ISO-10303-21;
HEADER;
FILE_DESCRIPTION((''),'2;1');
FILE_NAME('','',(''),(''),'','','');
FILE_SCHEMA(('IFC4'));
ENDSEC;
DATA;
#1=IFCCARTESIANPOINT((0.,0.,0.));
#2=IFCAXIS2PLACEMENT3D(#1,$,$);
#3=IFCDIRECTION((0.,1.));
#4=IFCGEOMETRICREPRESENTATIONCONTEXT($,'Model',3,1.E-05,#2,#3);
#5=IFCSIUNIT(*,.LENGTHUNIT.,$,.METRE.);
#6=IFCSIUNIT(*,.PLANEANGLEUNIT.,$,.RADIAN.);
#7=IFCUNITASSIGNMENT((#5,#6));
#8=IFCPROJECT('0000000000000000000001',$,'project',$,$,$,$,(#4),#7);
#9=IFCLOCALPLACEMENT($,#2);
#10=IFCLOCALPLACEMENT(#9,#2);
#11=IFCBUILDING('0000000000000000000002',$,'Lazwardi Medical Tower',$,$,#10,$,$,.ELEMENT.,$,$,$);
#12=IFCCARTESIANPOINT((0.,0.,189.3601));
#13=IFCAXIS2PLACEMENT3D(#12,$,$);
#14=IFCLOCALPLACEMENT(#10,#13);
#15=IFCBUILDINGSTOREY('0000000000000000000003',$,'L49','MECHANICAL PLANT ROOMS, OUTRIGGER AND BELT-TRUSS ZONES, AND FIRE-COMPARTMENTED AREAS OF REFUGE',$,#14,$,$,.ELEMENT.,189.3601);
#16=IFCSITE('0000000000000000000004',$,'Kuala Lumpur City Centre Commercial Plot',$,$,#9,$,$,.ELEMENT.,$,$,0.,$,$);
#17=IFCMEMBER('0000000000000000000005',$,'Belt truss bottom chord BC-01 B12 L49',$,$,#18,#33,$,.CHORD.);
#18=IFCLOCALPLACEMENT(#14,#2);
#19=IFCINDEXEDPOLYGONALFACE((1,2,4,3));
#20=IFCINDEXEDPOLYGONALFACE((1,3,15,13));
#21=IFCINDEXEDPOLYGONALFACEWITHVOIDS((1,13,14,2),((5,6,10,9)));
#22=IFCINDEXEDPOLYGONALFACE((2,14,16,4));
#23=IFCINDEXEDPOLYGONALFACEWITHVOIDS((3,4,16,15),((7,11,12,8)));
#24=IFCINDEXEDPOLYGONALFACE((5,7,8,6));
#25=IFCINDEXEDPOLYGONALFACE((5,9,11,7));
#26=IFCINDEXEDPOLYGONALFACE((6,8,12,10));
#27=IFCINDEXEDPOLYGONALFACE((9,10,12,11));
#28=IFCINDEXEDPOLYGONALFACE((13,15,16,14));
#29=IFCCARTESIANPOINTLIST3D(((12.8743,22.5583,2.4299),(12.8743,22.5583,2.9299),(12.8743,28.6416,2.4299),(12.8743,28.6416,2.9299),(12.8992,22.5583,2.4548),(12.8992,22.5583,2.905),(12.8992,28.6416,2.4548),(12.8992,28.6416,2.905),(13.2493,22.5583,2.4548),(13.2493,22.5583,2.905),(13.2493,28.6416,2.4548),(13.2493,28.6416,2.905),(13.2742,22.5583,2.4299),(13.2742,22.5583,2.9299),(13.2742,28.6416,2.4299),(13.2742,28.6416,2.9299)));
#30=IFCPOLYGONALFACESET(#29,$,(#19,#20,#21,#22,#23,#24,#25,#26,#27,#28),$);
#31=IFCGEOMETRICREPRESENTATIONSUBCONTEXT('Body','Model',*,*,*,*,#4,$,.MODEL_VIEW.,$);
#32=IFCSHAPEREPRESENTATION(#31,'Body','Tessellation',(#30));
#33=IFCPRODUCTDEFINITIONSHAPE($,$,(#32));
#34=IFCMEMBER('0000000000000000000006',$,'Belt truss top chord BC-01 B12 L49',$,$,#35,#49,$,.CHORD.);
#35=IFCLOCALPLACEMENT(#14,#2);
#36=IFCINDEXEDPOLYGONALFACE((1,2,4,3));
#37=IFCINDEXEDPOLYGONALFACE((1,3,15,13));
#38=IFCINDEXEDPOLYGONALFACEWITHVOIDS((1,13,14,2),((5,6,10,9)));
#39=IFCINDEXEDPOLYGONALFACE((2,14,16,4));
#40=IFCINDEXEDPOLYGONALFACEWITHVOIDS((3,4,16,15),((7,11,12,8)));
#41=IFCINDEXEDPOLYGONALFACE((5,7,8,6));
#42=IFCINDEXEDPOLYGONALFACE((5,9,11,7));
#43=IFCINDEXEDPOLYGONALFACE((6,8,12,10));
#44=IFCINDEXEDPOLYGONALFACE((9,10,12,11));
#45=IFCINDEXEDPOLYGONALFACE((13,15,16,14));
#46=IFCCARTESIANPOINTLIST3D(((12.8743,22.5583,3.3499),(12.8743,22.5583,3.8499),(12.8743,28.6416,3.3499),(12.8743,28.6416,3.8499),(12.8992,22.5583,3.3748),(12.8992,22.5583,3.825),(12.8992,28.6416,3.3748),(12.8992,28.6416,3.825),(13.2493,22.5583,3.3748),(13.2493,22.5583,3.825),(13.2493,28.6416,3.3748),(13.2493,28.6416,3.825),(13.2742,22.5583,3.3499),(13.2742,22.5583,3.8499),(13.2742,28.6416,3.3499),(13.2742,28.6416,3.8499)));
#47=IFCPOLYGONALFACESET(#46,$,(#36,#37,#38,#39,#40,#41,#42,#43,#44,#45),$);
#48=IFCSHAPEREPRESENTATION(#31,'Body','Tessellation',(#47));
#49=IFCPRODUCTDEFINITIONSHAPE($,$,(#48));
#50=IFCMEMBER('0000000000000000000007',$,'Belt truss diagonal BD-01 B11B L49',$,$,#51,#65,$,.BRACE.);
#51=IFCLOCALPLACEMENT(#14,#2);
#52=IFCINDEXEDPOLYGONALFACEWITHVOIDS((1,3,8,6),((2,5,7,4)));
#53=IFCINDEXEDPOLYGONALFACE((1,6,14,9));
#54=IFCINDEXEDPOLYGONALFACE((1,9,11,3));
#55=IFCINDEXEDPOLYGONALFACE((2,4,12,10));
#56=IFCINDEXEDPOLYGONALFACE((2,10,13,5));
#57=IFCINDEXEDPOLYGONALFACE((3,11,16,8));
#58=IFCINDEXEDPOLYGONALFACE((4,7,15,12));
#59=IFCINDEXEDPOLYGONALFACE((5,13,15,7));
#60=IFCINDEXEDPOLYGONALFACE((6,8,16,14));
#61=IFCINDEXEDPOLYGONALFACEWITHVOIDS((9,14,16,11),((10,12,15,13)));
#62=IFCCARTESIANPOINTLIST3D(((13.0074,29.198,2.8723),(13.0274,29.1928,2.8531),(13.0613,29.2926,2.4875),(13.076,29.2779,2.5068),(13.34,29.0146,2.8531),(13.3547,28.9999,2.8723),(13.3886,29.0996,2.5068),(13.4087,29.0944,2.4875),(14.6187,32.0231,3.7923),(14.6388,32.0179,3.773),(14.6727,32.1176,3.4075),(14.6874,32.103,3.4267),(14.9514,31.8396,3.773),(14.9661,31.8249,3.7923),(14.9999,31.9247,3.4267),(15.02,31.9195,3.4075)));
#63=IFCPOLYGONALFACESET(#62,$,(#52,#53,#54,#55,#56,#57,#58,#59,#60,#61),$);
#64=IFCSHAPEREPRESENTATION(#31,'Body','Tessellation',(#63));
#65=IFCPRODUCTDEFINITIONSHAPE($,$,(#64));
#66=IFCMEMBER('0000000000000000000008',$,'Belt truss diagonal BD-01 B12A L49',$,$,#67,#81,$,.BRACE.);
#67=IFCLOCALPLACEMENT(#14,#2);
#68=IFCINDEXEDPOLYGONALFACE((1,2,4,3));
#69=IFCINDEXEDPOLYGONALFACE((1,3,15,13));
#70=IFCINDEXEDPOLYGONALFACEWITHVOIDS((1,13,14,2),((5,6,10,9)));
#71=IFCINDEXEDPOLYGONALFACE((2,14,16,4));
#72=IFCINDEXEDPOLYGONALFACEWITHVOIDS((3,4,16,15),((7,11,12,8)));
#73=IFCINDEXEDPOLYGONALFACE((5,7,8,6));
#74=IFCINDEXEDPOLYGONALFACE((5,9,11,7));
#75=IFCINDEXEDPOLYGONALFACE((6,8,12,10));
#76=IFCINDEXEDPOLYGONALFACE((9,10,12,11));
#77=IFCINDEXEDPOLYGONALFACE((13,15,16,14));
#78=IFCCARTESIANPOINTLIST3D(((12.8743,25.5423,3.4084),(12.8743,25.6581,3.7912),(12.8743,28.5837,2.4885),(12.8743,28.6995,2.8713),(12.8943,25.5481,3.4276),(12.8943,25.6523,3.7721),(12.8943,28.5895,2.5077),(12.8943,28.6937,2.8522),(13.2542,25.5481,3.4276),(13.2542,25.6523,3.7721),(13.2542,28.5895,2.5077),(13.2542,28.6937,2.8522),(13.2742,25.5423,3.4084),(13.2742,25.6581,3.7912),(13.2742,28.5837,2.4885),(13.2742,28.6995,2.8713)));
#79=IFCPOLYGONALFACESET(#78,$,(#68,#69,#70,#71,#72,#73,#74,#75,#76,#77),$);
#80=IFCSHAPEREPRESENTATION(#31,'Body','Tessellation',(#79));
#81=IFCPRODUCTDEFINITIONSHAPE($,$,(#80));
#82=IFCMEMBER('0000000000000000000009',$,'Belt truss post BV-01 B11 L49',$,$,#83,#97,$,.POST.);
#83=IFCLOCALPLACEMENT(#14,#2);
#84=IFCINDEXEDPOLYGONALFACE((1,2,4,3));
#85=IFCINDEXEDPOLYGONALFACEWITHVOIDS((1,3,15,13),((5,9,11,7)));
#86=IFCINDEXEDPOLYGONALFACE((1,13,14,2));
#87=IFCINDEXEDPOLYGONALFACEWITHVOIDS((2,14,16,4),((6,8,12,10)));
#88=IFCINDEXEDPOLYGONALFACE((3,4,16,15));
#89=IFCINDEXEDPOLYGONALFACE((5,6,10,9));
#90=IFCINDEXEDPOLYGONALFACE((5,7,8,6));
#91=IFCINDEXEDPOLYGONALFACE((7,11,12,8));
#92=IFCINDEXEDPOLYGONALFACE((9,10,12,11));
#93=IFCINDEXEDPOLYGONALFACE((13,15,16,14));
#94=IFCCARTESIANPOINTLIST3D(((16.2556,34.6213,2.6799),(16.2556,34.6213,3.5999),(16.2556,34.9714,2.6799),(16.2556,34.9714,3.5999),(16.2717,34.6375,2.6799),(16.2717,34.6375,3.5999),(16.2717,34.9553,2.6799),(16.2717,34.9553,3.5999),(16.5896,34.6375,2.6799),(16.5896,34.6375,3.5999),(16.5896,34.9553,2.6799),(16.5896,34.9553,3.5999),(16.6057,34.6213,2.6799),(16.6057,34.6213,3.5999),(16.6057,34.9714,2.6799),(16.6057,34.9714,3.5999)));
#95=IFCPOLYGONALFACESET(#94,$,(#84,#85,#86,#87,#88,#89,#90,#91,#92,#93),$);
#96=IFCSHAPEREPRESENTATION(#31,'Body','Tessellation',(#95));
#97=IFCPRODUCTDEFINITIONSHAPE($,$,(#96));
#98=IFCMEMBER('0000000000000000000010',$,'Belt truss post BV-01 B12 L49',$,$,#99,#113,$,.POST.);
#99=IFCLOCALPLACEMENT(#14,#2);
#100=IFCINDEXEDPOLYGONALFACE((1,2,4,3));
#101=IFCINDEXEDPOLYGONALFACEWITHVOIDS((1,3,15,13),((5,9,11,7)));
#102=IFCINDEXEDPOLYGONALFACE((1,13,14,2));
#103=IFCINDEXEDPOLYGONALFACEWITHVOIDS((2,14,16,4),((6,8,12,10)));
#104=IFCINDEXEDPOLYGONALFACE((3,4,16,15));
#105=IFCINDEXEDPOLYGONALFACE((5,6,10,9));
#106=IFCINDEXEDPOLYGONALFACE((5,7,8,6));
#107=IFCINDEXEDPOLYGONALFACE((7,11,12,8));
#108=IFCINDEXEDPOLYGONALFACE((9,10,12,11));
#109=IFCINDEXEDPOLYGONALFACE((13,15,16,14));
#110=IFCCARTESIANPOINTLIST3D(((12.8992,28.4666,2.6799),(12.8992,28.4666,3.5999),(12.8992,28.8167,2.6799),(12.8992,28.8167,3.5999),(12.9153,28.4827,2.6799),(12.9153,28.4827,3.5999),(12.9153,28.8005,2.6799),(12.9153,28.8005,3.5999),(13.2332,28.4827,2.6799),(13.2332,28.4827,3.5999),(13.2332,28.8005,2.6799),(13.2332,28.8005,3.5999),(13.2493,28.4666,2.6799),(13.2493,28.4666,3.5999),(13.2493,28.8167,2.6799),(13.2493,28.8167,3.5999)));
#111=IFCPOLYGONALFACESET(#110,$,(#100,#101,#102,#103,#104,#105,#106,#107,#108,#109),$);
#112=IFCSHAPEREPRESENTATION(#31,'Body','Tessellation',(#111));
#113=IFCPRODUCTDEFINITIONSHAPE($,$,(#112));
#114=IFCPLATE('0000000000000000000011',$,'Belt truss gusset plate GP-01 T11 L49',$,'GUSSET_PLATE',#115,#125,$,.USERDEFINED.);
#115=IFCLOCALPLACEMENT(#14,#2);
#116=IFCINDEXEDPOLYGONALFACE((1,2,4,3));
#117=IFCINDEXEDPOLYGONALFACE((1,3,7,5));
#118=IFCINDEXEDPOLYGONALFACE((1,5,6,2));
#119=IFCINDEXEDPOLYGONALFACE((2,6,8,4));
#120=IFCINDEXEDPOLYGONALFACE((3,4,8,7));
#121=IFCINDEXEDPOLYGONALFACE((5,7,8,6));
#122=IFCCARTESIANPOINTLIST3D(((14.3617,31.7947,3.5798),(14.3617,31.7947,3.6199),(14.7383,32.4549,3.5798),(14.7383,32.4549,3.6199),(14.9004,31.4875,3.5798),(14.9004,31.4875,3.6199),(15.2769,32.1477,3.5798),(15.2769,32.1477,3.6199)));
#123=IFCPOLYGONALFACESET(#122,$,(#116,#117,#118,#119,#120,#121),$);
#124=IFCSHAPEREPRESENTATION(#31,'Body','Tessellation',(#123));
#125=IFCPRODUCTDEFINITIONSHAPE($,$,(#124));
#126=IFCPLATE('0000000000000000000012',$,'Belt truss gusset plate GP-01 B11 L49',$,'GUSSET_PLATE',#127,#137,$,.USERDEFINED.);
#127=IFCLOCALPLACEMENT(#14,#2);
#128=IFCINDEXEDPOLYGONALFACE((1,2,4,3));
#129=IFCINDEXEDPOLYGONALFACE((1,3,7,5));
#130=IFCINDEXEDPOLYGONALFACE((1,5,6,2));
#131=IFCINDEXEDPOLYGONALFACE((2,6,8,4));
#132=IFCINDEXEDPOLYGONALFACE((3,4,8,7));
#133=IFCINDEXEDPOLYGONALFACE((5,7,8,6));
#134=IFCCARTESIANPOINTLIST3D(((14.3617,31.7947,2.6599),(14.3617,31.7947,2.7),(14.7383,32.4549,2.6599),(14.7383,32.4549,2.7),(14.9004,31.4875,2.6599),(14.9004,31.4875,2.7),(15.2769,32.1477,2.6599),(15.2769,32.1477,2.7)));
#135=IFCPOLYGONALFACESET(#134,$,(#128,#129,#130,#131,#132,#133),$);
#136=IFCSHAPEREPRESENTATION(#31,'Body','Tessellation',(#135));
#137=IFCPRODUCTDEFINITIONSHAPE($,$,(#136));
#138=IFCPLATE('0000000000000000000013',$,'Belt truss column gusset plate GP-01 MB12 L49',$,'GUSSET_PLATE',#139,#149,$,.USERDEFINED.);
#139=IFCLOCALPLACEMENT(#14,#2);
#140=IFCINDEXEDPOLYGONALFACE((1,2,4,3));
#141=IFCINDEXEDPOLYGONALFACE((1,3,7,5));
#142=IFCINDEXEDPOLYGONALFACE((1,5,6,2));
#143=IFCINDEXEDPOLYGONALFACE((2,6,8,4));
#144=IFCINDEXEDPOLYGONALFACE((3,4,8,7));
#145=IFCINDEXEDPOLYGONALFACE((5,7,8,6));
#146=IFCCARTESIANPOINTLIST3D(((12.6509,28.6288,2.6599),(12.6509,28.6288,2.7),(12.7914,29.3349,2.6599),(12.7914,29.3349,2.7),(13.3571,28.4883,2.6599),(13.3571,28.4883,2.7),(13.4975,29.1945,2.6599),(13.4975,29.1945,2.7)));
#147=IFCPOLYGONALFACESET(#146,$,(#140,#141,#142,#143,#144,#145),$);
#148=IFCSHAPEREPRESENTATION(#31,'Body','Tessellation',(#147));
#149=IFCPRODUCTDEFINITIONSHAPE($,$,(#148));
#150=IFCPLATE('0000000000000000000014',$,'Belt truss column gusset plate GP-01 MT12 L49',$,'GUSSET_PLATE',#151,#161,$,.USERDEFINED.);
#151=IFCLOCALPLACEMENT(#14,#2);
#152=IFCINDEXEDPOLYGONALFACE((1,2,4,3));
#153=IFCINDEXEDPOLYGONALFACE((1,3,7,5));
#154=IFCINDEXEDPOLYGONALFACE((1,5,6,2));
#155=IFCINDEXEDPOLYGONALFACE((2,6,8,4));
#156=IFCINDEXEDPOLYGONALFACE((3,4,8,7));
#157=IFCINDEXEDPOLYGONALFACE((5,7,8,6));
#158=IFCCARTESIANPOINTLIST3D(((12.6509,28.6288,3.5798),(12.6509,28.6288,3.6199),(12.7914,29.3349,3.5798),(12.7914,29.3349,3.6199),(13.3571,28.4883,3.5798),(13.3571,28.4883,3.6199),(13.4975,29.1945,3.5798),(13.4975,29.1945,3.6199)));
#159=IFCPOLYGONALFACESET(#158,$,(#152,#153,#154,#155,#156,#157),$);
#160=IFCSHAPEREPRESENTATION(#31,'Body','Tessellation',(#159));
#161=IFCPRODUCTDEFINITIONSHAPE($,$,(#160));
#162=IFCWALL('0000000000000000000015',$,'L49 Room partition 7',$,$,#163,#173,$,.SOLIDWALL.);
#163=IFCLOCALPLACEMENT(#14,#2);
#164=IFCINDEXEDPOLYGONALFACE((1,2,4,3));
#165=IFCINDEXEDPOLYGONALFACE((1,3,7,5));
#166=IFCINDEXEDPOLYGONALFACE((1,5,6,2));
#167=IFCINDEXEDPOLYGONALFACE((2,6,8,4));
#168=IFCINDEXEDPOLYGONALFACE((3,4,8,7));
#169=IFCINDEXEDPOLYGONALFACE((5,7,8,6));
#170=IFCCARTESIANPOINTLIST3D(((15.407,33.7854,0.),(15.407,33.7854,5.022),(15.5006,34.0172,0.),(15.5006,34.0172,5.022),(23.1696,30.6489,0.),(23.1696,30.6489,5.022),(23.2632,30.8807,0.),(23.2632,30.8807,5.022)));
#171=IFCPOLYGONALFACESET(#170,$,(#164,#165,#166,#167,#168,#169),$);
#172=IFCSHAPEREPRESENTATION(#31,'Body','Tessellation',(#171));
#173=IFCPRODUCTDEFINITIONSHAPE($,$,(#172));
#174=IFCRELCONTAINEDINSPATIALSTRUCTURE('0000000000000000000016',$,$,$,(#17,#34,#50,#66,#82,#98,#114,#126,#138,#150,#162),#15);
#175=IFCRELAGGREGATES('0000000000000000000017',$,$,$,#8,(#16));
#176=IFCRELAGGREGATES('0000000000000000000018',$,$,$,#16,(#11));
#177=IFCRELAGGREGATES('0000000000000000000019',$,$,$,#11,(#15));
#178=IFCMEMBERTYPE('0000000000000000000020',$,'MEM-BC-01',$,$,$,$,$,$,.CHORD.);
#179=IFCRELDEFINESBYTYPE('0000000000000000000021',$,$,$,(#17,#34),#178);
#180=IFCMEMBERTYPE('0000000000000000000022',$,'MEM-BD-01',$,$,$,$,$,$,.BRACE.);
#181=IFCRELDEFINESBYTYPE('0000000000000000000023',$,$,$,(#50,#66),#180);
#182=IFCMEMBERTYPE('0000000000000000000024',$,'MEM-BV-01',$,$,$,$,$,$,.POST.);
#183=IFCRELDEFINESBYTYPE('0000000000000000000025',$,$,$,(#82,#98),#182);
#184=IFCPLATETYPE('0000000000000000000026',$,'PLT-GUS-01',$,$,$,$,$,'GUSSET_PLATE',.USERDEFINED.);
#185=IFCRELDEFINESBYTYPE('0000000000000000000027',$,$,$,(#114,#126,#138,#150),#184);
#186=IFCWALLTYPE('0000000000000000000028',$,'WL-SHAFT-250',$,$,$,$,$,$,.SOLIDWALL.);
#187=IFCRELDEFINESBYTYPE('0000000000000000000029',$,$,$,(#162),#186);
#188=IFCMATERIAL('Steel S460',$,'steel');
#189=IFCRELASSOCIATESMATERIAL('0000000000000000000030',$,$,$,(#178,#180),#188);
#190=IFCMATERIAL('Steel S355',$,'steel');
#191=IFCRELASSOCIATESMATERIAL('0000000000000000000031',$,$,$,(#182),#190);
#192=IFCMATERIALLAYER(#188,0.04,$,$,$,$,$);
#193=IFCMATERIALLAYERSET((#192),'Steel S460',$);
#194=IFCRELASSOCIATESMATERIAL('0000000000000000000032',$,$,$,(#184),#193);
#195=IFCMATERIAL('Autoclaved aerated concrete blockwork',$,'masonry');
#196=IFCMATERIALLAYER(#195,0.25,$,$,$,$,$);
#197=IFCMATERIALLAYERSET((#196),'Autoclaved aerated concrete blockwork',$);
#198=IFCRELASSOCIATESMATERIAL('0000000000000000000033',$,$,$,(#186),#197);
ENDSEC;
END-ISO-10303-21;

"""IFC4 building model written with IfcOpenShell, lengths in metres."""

from ifc_helpers import new_model, si_unit, direction, frame, frame_2d, origin, origin_2d, place, context, subcontext, project, spatial, rectangle, hollow_rectangle, extrude, material, layer, layer_set, material_profile, profile_set, type_object, element, save


model = new_model("IFC4")

# Units and contexts
model_context = context("Model", 3, precision=1e-05, world=origin(), true_north=direction((0.0, 1.0)))
body_context = subcontext(model_context, "Body", "Model", "MODEL_VIEW")
ifc_project = project(units=[si_unit("LENGTHUNIT", "METRE"), si_unit("PLANEANGLEUNIT", "RADIAN")], contexts=[model_context])

# Site, building, storey
site_placement = place(None, origin())
site = spatial("IfcSite", under=ifc_project, at=site_placement, Name="Kuala Lumpur City Centre Commercial Plot", CompositionType="ELEMENT", RefElevation=0.0)
building_placement = place(site_placement, origin())
building = spatial("IfcBuilding", under=site, at=building_placement, Name="Lazwardi Medical Tower", CompositionType="ELEMENT")
storey_placement = place(building_placement, frame((0.0, 0.0, 189.3601)))
storey = spatial("IfcBuildingStorey", under=building, at=storey_placement, Name="L49", Description="MECHANICAL PLANT ROOMS, OUTRIGGER AND BELT-TRUSS ZONES, AND FIRE-COMPARTMENTED AREAS OF REFUGE", CompositionType="ELEMENT", Elevation=189.3601)

# Shared definitions
ifc_material_1 = material(Name="Steel S460", Category="steel")
ifc_material_2 = material(Name="Steel S355", Category="steel")

# Members
ifc_material_profile_1 = material_profile(ifc_material_1, hollow_rectangle(XDim=0.3999, YDim=0.5, WallThickness=0.0249, at=origin_2d()), Name="RHS 500x400x25")
ifc_profile_set_1 = profile_set([ifc_material_profile_1], Name="Steel S460")
member_type_1 = type_object("IfcMemberType", Name="MEM-BC-01", PredefinedType="CHORD", material=ifc_profile_set_1)
for number, where, z_axis, x_axis, name in (
    (1, (13.0742, 28.6416, 2.6799), (0.0, -1.0, 0.0), (1.0, 0.0, 0.0), "Belt truss bottom chord BC-01 B12 L49"),
    (2, (13.0742, 28.6416, 3.5999), (0.0, -1.0, 0.0), (1.0, 0.0, 0.0), "Belt truss top chord BC-01 B12 L49"),
):
    element("IfcMember", number, at=place(storey_placement, frame(where, z_axis=z_axis, x_axis=x_axis)), inside=storey, type_object=member_type_1, Name=name, PredefinedType="CHORD", context=body_context, shape_type="SweptSolid", body=[
        extrude(hollow_rectangle(XDim=0.3999, YDim=0.5, WallThickness=0.0249, at=origin_2d()), origin(), (0.0, 0.0, 1.0), 6.0833),
    ])
ifc_material_profile_2 = material_profile(ifc_material_1, hollow_rectangle(XDim=0.3999, YDim=0.3999, WallThickness=0.02, at=origin_2d()), Name="RHS 400x400x20")
ifc_profile_set_2 = profile_set([ifc_material_profile_2], Name="Steel S460")
member_type_2 = type_object("IfcMemberType", Name="MEM-BD-01", PredefinedType="BRACE", material=ifc_profile_set_2)
member_1_placement = place(storey_placement, frame((13.208, 29.1462, 2.6799), z_axis=(0.476754, 0.835836, 0.272183), x_axis=(-0.868631, 0.49546, 0.0)))
element("IfcMember", 3, at=member_1_placement, inside=storey, type_object=member_type_2, Name="Belt truss diagonal BD-01 B11B L49", PredefinedType="BRACE", context=body_context, shape_type="SweptSolid", body=[
    extrude(hollow_rectangle(XDim=0.3999, YDim=0.3999, WallThickness=0.02, at=origin_2d()), origin(), (0.0, 0.0, 1.0), 3.3799),
])
member_2_placement = place(storey_placement, frame((13.0742, 28.6416, 2.6799), z_axis=(0.0, -0.957177, 0.289504), x_axis=(1.0, 0.0, 0.0)))
element("IfcMember", 4, at=member_2_placement, inside=storey, type_object=member_type_2, Name="Belt truss diagonal BD-01 B12A L49", PredefinedType="BRACE", context=body_context, shape_type="SweptSolid", body=[
    extrude(hollow_rectangle(XDim=0.3999, YDim=0.3999, WallThickness=0.02, at=origin_2d()), origin(), (0.0, 0.0, 1.0), 3.1775),
])
ifc_material_profile_3 = material_profile(ifc_material_2, hollow_rectangle(XDim=0.3501, YDim=0.3501, WallThickness=0.0161, at=origin_2d()), Name="RHS 350x350x16")
ifc_profile_set_3 = profile_set([ifc_material_profile_3], Name="Steel S355")
member_type_3 = type_object("IfcMemberType", Name="MEM-BV-01", PredefinedType="POST", material=ifc_profile_set_3)
for number, where, z_axis, x_axis, name in (
    (5, (16.4307, 34.7964, 2.6799), (0.0, 0.0, 1.0), (1.0, 0.0, 0.0), "Belt truss post BV-01 B11 L49"),
    (6, (13.0742, 28.6416, 2.6799), (0.0, 0.0, 1.0), (1.0, 0.0, 0.0), "Belt truss post BV-01 B12 L49"),
):
    element("IfcMember", number, at=place(storey_placement, frame(where, z_axis=z_axis, x_axis=x_axis)), inside=storey, type_object=member_type_3, Name=name, PredefinedType="POST", context=body_context, shape_type="SweptSolid", body=[
        extrude(hollow_rectangle(XDim=0.3501, YDim=0.3501, WallThickness=0.0161, at=origin_2d()), origin(), (0.0, 0.0, 1.0), 0.9199),
    ])

# Plates
ifc_layer_1 = layer(ifc_material_1, 0.04)
ifc_layer_set_1 = layer_set([ifc_layer_1], Name="Steel S460")
plate_type = type_object("IfcPlateType", Name="PLT-GUS-01", ElementType="GUSSET_PLATE", PredefinedType="USERDEFINED", material=ifc_layer_set_1)
for number, where, z_axis, x_axis, name in (
    (7, (14.8193, 31.9712, 3.5798), (0.0, 0.0, 1.0), (-0.495459, -0.868632, 0.0), "Belt truss gusset plate GP-01 T11 L49"),
    (8, (14.8193, 31.9712, 2.6599), (0.0, 0.0, 1.0), (-0.495459, -0.868632, 0.0), "Belt truss gusset plate GP-01 B11 L49"),
):
    element("IfcPlate", number, at=place(storey_placement, frame(where, z_axis=z_axis, x_axis=x_axis)), inside=storey, type_object=plate_type, Name=name, ObjectType="GUSSET_PLATE", PredefinedType="USERDEFINED", context=body_context, shape_type="SweptSolid", body=[
        extrude(rectangle(XDim=0.76, YDim=0.6201, at=origin_2d()), origin(), (0.0, 0.0, 1.0), 0.04),
    ])
for number, where, z_axis, x_axis, name in (
    (9, (13.0742, 28.9116, 2.6599), (0.0, 0.0, 1.0), (-0.980785, 0.19509, 0.0), "Belt truss column gusset plate GP-01 MB12 L49"),
    (10, (13.0742, 28.9116, 3.5798), (0.0, 0.0, 1.0), (-0.980785, 0.19509, 0.0), "Belt truss column gusset plate GP-01 MT12 L49"),
):
    element("IfcPlate", number, at=place(storey_placement, frame(where, z_axis=z_axis, x_axis=x_axis)), inside=storey, type_object=plate_type, Name=name, ObjectType="GUSSET_PLATE", PredefinedType="USERDEFINED", context=body_context, shape_type="SweptSolid", body=[
        extrude(rectangle(XDim=0.72, YDim=0.72, at=origin_2d()), origin(), (0.0, 0.0, 1.0), 0.04),
    ])

# Wall
ifc_material_3 = material(Name="Autoclaved aerated concrete blockwork", Category="masonry")
ifc_layer_2 = layer(ifc_material_3, 0.25)
ifc_layer_set_2 = layer_set([ifc_layer_2], Name="Autoclaved aerated concrete blockwork")
wall_type = type_object("IfcWallType", Name="WL-SHAFT-250", PredefinedType="SOLIDWALL", material=ifc_layer_set_2)
wall_placement = place(storey_placement, frame((23.2163, 30.7649, 0.0), z_axis=(0.0, 0.0, 1.0), x_axis=(-0.927178, 0.374621, 0.0)))
element("IfcWall", 11, at=wall_placement, inside=storey, type_object=wall_type, Name="L49 Room partition 7", PredefinedType="SOLIDWALL", context=body_context, shape_type="SweptSolid", body=[
    extrude(rectangle(XDim=8.3723, YDim=0.25, at=frame_2d((4.186, 0.0))), origin(), (0.0, 0.0, 1.0), 5.022),
])

save(model, "model.ifc")
